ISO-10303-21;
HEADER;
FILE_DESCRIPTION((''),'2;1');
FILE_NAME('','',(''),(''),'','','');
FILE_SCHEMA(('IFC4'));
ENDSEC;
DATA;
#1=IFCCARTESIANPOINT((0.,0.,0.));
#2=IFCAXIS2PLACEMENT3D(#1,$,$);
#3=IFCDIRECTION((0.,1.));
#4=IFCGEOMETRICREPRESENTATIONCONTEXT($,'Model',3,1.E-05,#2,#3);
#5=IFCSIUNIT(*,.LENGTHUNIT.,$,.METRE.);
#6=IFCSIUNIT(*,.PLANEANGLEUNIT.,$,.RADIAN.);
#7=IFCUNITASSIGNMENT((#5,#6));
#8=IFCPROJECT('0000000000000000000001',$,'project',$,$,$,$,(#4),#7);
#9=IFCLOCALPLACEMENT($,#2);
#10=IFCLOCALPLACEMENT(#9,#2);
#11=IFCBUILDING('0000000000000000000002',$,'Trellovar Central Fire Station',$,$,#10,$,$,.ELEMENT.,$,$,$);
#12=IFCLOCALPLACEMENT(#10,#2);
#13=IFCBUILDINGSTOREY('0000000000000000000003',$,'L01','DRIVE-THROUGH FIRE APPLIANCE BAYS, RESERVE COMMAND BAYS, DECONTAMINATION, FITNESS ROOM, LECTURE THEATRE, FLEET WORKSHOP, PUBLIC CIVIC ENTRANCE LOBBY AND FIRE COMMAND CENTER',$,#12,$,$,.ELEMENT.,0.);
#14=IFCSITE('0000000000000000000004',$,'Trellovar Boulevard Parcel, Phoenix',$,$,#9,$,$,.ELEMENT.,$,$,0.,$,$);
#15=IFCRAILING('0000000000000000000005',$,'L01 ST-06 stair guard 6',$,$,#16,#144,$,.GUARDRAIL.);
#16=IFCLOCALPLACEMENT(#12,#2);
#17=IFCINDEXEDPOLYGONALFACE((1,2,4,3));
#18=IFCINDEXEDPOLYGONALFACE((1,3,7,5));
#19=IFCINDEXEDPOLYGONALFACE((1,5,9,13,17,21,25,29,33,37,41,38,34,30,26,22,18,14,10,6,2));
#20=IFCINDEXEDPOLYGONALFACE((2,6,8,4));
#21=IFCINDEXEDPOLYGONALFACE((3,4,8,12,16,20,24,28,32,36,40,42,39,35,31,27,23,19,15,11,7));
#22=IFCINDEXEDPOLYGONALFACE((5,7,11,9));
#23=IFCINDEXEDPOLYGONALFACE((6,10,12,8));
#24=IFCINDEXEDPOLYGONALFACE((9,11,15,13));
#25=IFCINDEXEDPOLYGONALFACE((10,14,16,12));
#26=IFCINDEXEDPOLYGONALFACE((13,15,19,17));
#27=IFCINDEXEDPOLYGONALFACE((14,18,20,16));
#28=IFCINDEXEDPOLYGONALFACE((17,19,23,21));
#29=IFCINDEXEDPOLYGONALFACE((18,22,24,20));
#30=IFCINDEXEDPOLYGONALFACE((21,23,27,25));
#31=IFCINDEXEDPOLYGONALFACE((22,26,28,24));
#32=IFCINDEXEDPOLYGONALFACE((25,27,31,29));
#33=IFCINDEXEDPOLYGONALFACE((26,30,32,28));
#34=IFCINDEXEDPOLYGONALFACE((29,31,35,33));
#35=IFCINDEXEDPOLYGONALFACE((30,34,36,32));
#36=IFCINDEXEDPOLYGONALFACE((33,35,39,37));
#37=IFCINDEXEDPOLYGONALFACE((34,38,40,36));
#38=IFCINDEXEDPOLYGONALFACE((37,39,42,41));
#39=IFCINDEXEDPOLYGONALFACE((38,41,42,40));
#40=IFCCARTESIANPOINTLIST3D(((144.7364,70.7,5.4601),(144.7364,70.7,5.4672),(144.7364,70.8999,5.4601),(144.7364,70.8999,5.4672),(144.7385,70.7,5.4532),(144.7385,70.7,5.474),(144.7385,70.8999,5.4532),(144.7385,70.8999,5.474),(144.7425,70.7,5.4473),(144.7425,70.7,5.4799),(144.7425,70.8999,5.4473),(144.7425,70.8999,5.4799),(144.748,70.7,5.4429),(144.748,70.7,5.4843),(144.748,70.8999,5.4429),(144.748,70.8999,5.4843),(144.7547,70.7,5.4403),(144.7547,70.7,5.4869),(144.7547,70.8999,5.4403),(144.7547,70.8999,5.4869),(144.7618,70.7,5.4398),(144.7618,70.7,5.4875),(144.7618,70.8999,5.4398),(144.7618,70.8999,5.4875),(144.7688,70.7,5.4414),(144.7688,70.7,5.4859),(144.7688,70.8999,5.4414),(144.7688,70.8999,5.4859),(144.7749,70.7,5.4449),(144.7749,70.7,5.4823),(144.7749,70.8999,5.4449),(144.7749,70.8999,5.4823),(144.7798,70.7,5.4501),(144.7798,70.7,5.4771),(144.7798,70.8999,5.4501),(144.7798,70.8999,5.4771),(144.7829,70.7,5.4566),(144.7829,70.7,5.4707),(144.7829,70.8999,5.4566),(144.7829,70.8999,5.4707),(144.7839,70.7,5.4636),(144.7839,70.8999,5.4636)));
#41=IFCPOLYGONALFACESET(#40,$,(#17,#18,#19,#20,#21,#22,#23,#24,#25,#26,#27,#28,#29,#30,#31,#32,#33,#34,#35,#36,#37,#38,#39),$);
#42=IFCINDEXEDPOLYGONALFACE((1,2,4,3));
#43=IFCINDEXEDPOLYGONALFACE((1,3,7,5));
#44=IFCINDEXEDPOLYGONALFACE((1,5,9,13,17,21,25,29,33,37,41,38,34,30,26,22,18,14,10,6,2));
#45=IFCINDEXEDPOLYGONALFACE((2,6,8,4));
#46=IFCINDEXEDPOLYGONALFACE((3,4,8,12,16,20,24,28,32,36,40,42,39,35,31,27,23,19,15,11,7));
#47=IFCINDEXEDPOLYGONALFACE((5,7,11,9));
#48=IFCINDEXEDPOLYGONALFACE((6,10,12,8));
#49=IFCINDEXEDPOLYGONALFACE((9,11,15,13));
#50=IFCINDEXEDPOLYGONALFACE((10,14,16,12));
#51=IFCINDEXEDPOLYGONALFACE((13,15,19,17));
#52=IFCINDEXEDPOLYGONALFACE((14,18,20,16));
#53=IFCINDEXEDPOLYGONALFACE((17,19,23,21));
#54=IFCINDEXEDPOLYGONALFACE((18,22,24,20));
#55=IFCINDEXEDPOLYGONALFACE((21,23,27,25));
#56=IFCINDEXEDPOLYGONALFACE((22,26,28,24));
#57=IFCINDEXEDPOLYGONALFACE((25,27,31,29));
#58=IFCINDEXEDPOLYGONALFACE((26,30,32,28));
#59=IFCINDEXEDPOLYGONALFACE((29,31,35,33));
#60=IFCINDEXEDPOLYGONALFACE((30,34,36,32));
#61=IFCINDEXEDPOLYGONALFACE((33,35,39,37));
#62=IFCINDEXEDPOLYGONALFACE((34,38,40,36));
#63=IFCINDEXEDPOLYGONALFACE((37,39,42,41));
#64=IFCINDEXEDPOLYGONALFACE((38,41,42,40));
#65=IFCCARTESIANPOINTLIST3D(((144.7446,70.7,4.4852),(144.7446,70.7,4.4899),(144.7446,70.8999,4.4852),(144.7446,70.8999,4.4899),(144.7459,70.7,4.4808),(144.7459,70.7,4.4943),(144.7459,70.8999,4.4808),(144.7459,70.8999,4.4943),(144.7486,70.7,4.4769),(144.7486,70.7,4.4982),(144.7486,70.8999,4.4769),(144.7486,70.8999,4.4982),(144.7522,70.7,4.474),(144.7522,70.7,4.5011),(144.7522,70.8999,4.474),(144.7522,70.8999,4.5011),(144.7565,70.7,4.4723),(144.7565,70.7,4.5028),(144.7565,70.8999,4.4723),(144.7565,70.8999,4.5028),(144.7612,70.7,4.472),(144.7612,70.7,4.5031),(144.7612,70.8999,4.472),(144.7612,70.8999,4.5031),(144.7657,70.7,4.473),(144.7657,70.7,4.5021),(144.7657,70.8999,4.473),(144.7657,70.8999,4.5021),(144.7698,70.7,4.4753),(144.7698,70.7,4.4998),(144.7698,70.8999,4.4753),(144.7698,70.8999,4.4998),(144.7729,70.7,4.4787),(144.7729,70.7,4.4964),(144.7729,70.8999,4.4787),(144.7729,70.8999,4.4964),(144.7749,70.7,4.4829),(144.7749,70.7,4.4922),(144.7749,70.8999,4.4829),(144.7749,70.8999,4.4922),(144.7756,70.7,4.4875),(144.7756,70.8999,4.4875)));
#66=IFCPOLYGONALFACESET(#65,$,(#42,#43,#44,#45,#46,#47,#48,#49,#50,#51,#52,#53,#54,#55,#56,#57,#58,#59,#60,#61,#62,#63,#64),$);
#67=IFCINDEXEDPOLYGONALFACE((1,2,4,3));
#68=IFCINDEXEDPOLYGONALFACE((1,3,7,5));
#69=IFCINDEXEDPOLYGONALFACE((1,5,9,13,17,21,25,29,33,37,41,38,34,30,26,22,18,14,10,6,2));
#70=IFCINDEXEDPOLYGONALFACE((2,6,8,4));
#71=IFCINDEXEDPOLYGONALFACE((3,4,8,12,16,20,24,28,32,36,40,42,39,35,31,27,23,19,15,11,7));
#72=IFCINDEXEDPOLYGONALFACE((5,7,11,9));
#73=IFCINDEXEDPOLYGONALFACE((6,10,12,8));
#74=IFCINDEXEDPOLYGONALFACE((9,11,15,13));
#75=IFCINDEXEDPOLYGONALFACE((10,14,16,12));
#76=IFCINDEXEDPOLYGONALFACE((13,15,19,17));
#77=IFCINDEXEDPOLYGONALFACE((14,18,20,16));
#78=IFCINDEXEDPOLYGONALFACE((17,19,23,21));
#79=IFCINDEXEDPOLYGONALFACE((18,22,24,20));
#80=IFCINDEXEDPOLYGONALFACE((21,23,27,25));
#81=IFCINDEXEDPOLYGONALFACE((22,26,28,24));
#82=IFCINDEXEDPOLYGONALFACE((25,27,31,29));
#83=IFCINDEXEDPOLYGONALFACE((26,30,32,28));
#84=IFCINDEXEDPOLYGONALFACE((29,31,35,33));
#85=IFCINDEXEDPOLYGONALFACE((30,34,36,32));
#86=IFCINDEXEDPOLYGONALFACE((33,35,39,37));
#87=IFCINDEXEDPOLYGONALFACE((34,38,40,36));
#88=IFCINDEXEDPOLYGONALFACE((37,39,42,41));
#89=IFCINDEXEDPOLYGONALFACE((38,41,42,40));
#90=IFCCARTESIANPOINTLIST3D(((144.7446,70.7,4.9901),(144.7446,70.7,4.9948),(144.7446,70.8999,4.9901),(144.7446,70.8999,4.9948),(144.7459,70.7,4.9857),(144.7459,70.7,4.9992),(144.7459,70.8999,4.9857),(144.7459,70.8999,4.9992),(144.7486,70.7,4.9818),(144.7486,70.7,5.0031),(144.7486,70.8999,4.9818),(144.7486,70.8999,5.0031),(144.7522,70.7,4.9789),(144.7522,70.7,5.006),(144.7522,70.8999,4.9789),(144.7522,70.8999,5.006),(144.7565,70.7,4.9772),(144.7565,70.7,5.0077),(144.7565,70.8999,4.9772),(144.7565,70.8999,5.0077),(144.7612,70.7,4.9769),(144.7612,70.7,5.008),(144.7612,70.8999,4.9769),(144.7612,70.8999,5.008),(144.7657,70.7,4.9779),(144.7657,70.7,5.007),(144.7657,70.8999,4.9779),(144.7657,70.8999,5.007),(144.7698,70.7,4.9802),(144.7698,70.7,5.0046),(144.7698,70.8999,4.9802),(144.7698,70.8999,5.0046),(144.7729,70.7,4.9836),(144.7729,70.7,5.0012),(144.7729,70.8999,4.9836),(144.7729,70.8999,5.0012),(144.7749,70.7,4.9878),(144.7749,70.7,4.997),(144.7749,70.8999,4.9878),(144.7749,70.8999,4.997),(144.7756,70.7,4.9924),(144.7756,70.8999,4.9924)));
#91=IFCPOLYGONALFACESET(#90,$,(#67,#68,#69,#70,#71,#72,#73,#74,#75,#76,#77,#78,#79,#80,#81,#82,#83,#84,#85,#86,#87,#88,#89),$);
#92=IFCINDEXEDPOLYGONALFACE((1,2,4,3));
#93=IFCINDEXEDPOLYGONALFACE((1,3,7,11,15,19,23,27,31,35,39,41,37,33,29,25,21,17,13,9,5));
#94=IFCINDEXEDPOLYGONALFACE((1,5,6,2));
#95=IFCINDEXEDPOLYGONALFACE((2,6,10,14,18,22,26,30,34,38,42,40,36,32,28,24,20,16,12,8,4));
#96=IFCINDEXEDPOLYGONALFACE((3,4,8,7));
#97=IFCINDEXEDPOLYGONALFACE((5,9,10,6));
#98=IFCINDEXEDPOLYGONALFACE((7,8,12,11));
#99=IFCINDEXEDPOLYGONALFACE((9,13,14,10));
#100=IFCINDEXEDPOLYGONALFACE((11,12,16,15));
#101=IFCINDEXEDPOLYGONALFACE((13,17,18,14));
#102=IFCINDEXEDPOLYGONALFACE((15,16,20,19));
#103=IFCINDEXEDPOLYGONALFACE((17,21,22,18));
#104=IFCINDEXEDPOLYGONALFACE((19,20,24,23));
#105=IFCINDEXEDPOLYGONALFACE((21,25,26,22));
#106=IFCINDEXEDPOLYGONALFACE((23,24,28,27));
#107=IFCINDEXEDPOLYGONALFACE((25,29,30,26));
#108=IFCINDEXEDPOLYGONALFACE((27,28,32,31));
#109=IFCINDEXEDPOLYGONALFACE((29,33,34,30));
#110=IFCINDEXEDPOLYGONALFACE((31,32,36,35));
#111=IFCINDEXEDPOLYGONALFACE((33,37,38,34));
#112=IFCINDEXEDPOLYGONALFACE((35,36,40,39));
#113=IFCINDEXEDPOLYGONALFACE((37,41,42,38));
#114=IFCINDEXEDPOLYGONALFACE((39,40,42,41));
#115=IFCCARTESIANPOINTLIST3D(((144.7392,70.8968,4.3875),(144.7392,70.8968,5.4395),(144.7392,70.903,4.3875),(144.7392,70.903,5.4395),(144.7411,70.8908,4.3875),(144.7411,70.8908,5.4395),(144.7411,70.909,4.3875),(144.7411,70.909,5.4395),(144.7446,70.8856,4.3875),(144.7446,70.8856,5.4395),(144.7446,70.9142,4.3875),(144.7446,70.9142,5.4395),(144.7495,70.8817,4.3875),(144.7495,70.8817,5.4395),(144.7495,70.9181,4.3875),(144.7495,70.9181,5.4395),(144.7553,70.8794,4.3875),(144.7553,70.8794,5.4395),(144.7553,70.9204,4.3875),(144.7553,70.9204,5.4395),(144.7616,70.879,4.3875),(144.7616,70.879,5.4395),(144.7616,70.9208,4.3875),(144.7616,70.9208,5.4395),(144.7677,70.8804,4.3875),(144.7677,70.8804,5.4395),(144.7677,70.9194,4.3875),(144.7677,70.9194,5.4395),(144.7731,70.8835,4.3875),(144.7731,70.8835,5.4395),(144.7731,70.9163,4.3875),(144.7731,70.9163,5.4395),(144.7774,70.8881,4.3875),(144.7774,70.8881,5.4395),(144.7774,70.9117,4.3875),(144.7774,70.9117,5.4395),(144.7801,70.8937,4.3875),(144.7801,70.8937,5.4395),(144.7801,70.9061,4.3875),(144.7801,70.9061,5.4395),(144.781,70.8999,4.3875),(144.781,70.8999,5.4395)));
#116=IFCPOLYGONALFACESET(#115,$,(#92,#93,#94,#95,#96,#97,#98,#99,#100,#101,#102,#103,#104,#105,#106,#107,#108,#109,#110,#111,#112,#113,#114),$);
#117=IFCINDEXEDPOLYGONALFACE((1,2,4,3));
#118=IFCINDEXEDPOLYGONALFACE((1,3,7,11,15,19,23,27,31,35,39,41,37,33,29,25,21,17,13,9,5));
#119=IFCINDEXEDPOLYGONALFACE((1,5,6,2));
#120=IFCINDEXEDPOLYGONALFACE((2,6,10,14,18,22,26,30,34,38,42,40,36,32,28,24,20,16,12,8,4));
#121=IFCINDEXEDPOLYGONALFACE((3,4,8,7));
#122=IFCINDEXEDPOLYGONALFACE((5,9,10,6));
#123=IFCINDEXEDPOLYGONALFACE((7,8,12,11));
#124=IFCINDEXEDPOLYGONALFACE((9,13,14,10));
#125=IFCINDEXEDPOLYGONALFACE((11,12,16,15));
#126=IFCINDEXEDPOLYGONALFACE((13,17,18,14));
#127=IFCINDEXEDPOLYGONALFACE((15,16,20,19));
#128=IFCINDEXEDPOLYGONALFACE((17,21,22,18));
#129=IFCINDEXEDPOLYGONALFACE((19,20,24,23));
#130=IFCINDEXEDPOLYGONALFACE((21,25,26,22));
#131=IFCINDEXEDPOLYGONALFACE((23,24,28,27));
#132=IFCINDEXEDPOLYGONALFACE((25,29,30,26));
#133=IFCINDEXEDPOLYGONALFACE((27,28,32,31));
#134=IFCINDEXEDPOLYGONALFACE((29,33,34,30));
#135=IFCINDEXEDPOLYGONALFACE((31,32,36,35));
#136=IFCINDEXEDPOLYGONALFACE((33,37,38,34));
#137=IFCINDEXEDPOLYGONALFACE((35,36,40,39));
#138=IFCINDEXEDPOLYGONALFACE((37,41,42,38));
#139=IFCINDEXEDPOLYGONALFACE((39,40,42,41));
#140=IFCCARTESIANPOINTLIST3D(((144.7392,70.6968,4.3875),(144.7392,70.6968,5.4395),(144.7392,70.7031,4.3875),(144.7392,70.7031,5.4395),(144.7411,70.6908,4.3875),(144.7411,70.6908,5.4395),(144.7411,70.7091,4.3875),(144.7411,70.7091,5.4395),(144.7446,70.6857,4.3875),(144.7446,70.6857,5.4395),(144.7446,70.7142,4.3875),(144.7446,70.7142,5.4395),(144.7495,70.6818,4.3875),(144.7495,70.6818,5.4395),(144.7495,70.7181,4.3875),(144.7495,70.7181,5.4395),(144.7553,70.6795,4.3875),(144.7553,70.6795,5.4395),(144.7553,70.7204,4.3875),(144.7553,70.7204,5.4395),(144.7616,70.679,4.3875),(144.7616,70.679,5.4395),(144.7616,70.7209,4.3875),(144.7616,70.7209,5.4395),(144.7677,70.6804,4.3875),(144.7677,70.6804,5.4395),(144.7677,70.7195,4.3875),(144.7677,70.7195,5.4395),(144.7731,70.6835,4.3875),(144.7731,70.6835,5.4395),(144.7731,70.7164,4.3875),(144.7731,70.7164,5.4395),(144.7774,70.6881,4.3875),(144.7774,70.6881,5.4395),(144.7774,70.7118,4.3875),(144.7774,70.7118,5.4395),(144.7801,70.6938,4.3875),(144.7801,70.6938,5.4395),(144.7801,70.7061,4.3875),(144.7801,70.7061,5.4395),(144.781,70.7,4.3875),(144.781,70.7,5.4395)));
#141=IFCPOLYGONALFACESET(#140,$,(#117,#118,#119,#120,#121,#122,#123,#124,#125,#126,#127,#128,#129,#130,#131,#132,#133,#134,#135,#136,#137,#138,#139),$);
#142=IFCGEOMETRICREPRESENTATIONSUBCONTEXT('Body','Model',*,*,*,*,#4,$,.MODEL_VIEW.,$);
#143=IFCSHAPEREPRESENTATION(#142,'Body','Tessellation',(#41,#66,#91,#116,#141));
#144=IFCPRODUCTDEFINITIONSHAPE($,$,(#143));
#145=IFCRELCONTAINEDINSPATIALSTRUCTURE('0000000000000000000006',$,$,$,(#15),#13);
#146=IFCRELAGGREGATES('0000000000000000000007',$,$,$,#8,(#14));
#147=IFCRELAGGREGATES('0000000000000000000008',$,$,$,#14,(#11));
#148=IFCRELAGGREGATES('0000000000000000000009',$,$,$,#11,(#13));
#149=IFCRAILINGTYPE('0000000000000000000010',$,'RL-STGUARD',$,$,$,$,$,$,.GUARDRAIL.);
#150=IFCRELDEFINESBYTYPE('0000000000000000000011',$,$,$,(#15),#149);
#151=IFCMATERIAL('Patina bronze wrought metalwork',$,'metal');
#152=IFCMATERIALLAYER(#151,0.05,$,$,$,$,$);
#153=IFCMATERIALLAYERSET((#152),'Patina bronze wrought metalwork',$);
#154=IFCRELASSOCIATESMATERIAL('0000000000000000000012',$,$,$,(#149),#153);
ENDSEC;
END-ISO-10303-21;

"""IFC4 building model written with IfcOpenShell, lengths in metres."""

from ifc_helpers import new_model, si_unit, direction, frame, origin, origin_2d, place, context, subcontext, project, spatial, circle, extrude, material, layer, layer_set, type_object, element, save


model = new_model("IFC4")

# Units and contexts
model_context = context("Model", 3, precision=1e-05, world=origin(), true_north=direction((0.0, 1.0)))
body_context = subcontext(model_context, "Body", "Model", "MODEL_VIEW")
ifc_project = project(units=[si_unit("LENGTHUNIT", "METRE"), si_unit("PLANEANGLEUNIT", "RADIAN")], contexts=[model_context])

# Site, building, storey
site_placement = place(None, origin())
site = spatial("IfcSite", under=ifc_project, at=site_placement, Name="Trellovar Boulevard Parcel, Phoenix", CompositionType="ELEMENT", RefElevation=0.0)
building_placement = place(site_placement, origin())
building = spatial("IfcBuilding", under=site, at=building_placement, Name="Trellovar Central Fire Station", CompositionType="ELEMENT")
storey_placement = place(building_placement, origin())
storey = spatial("IfcBuildingStorey", under=building, at=storey_placement, Name="L01", Description="DRIVE-THROUGH FIRE APPLIANCE BAYS, RESERVE COMMAND BAYS, DECONTAMINATION, FITNESS ROOM, LECTURE THEATRE, FLEET WORKSHOP, PUBLIC CIVIC ENTRANCE LOBBY AND FIRE COMMAND CENTER", CompositionType="ELEMENT", Elevation=0.0)

# Railing
ifc_material_1 = material(Name="Patina bronze wrought metalwork", Category="metal")
ifc_layer_1 = layer(ifc_material_1, 0.05)
ifc_layer_set_1 = layer_set([ifc_layer_1], Name="Patina bronze wrought metalwork")
railing_type_1 = type_object("IfcRailingType", Name="RL-STGUARD", PredefinedType="GUARDRAIL", material=ifc_layer_set_1)
railing_1_placement = place(storey_placement, frame((144.76, 70.8999, 4.3875)))
element("IfcRailing", 1, at=railing_1_placement, inside=storey, type_object=railing_type_1, Name="L01 ST-06 stair guard 6", PredefinedType="GUARDRAIL", context=body_context, shape_type="SweptSolid", body=[
    extrude(circle(Radius=0.0239, at=origin_2d()), frame((0.0, 0.0, 1.0762), z_axis=(0.0, -1.0, 0.0), x_axis=(1.0, 0.0, 0.0)), (0.0, 0.0, 1.0), 0.2),
    extrude(circle(Radius=0.0156, at=origin_2d()), frame((0.0, 0.0, 0.1001), z_axis=(0.0, -1.0, 0.0), x_axis=(1.0, 0.0, 0.0)), (0.0, 0.0, 1.0), 0.2),
    extrude(circle(Radius=0.0156, at=origin_2d()), frame((0.0, 0.0, 0.605), z_axis=(0.0, -1.0, 0.0), x_axis=(1.0, 0.0, 0.0)), (0.0, 0.0, 1.0), 0.2),
    extrude(circle(Radius=0.021, at=origin_2d()), origin(), (0.0, 0.0, 1.0), 1.052),
    extrude(circle(Radius=0.021, at=origin_2d()), frame((0.0, -0.2, 0.0)), (0.0, 0.0, 1.0), 1.052),
])

save(model, "model.ifc")
